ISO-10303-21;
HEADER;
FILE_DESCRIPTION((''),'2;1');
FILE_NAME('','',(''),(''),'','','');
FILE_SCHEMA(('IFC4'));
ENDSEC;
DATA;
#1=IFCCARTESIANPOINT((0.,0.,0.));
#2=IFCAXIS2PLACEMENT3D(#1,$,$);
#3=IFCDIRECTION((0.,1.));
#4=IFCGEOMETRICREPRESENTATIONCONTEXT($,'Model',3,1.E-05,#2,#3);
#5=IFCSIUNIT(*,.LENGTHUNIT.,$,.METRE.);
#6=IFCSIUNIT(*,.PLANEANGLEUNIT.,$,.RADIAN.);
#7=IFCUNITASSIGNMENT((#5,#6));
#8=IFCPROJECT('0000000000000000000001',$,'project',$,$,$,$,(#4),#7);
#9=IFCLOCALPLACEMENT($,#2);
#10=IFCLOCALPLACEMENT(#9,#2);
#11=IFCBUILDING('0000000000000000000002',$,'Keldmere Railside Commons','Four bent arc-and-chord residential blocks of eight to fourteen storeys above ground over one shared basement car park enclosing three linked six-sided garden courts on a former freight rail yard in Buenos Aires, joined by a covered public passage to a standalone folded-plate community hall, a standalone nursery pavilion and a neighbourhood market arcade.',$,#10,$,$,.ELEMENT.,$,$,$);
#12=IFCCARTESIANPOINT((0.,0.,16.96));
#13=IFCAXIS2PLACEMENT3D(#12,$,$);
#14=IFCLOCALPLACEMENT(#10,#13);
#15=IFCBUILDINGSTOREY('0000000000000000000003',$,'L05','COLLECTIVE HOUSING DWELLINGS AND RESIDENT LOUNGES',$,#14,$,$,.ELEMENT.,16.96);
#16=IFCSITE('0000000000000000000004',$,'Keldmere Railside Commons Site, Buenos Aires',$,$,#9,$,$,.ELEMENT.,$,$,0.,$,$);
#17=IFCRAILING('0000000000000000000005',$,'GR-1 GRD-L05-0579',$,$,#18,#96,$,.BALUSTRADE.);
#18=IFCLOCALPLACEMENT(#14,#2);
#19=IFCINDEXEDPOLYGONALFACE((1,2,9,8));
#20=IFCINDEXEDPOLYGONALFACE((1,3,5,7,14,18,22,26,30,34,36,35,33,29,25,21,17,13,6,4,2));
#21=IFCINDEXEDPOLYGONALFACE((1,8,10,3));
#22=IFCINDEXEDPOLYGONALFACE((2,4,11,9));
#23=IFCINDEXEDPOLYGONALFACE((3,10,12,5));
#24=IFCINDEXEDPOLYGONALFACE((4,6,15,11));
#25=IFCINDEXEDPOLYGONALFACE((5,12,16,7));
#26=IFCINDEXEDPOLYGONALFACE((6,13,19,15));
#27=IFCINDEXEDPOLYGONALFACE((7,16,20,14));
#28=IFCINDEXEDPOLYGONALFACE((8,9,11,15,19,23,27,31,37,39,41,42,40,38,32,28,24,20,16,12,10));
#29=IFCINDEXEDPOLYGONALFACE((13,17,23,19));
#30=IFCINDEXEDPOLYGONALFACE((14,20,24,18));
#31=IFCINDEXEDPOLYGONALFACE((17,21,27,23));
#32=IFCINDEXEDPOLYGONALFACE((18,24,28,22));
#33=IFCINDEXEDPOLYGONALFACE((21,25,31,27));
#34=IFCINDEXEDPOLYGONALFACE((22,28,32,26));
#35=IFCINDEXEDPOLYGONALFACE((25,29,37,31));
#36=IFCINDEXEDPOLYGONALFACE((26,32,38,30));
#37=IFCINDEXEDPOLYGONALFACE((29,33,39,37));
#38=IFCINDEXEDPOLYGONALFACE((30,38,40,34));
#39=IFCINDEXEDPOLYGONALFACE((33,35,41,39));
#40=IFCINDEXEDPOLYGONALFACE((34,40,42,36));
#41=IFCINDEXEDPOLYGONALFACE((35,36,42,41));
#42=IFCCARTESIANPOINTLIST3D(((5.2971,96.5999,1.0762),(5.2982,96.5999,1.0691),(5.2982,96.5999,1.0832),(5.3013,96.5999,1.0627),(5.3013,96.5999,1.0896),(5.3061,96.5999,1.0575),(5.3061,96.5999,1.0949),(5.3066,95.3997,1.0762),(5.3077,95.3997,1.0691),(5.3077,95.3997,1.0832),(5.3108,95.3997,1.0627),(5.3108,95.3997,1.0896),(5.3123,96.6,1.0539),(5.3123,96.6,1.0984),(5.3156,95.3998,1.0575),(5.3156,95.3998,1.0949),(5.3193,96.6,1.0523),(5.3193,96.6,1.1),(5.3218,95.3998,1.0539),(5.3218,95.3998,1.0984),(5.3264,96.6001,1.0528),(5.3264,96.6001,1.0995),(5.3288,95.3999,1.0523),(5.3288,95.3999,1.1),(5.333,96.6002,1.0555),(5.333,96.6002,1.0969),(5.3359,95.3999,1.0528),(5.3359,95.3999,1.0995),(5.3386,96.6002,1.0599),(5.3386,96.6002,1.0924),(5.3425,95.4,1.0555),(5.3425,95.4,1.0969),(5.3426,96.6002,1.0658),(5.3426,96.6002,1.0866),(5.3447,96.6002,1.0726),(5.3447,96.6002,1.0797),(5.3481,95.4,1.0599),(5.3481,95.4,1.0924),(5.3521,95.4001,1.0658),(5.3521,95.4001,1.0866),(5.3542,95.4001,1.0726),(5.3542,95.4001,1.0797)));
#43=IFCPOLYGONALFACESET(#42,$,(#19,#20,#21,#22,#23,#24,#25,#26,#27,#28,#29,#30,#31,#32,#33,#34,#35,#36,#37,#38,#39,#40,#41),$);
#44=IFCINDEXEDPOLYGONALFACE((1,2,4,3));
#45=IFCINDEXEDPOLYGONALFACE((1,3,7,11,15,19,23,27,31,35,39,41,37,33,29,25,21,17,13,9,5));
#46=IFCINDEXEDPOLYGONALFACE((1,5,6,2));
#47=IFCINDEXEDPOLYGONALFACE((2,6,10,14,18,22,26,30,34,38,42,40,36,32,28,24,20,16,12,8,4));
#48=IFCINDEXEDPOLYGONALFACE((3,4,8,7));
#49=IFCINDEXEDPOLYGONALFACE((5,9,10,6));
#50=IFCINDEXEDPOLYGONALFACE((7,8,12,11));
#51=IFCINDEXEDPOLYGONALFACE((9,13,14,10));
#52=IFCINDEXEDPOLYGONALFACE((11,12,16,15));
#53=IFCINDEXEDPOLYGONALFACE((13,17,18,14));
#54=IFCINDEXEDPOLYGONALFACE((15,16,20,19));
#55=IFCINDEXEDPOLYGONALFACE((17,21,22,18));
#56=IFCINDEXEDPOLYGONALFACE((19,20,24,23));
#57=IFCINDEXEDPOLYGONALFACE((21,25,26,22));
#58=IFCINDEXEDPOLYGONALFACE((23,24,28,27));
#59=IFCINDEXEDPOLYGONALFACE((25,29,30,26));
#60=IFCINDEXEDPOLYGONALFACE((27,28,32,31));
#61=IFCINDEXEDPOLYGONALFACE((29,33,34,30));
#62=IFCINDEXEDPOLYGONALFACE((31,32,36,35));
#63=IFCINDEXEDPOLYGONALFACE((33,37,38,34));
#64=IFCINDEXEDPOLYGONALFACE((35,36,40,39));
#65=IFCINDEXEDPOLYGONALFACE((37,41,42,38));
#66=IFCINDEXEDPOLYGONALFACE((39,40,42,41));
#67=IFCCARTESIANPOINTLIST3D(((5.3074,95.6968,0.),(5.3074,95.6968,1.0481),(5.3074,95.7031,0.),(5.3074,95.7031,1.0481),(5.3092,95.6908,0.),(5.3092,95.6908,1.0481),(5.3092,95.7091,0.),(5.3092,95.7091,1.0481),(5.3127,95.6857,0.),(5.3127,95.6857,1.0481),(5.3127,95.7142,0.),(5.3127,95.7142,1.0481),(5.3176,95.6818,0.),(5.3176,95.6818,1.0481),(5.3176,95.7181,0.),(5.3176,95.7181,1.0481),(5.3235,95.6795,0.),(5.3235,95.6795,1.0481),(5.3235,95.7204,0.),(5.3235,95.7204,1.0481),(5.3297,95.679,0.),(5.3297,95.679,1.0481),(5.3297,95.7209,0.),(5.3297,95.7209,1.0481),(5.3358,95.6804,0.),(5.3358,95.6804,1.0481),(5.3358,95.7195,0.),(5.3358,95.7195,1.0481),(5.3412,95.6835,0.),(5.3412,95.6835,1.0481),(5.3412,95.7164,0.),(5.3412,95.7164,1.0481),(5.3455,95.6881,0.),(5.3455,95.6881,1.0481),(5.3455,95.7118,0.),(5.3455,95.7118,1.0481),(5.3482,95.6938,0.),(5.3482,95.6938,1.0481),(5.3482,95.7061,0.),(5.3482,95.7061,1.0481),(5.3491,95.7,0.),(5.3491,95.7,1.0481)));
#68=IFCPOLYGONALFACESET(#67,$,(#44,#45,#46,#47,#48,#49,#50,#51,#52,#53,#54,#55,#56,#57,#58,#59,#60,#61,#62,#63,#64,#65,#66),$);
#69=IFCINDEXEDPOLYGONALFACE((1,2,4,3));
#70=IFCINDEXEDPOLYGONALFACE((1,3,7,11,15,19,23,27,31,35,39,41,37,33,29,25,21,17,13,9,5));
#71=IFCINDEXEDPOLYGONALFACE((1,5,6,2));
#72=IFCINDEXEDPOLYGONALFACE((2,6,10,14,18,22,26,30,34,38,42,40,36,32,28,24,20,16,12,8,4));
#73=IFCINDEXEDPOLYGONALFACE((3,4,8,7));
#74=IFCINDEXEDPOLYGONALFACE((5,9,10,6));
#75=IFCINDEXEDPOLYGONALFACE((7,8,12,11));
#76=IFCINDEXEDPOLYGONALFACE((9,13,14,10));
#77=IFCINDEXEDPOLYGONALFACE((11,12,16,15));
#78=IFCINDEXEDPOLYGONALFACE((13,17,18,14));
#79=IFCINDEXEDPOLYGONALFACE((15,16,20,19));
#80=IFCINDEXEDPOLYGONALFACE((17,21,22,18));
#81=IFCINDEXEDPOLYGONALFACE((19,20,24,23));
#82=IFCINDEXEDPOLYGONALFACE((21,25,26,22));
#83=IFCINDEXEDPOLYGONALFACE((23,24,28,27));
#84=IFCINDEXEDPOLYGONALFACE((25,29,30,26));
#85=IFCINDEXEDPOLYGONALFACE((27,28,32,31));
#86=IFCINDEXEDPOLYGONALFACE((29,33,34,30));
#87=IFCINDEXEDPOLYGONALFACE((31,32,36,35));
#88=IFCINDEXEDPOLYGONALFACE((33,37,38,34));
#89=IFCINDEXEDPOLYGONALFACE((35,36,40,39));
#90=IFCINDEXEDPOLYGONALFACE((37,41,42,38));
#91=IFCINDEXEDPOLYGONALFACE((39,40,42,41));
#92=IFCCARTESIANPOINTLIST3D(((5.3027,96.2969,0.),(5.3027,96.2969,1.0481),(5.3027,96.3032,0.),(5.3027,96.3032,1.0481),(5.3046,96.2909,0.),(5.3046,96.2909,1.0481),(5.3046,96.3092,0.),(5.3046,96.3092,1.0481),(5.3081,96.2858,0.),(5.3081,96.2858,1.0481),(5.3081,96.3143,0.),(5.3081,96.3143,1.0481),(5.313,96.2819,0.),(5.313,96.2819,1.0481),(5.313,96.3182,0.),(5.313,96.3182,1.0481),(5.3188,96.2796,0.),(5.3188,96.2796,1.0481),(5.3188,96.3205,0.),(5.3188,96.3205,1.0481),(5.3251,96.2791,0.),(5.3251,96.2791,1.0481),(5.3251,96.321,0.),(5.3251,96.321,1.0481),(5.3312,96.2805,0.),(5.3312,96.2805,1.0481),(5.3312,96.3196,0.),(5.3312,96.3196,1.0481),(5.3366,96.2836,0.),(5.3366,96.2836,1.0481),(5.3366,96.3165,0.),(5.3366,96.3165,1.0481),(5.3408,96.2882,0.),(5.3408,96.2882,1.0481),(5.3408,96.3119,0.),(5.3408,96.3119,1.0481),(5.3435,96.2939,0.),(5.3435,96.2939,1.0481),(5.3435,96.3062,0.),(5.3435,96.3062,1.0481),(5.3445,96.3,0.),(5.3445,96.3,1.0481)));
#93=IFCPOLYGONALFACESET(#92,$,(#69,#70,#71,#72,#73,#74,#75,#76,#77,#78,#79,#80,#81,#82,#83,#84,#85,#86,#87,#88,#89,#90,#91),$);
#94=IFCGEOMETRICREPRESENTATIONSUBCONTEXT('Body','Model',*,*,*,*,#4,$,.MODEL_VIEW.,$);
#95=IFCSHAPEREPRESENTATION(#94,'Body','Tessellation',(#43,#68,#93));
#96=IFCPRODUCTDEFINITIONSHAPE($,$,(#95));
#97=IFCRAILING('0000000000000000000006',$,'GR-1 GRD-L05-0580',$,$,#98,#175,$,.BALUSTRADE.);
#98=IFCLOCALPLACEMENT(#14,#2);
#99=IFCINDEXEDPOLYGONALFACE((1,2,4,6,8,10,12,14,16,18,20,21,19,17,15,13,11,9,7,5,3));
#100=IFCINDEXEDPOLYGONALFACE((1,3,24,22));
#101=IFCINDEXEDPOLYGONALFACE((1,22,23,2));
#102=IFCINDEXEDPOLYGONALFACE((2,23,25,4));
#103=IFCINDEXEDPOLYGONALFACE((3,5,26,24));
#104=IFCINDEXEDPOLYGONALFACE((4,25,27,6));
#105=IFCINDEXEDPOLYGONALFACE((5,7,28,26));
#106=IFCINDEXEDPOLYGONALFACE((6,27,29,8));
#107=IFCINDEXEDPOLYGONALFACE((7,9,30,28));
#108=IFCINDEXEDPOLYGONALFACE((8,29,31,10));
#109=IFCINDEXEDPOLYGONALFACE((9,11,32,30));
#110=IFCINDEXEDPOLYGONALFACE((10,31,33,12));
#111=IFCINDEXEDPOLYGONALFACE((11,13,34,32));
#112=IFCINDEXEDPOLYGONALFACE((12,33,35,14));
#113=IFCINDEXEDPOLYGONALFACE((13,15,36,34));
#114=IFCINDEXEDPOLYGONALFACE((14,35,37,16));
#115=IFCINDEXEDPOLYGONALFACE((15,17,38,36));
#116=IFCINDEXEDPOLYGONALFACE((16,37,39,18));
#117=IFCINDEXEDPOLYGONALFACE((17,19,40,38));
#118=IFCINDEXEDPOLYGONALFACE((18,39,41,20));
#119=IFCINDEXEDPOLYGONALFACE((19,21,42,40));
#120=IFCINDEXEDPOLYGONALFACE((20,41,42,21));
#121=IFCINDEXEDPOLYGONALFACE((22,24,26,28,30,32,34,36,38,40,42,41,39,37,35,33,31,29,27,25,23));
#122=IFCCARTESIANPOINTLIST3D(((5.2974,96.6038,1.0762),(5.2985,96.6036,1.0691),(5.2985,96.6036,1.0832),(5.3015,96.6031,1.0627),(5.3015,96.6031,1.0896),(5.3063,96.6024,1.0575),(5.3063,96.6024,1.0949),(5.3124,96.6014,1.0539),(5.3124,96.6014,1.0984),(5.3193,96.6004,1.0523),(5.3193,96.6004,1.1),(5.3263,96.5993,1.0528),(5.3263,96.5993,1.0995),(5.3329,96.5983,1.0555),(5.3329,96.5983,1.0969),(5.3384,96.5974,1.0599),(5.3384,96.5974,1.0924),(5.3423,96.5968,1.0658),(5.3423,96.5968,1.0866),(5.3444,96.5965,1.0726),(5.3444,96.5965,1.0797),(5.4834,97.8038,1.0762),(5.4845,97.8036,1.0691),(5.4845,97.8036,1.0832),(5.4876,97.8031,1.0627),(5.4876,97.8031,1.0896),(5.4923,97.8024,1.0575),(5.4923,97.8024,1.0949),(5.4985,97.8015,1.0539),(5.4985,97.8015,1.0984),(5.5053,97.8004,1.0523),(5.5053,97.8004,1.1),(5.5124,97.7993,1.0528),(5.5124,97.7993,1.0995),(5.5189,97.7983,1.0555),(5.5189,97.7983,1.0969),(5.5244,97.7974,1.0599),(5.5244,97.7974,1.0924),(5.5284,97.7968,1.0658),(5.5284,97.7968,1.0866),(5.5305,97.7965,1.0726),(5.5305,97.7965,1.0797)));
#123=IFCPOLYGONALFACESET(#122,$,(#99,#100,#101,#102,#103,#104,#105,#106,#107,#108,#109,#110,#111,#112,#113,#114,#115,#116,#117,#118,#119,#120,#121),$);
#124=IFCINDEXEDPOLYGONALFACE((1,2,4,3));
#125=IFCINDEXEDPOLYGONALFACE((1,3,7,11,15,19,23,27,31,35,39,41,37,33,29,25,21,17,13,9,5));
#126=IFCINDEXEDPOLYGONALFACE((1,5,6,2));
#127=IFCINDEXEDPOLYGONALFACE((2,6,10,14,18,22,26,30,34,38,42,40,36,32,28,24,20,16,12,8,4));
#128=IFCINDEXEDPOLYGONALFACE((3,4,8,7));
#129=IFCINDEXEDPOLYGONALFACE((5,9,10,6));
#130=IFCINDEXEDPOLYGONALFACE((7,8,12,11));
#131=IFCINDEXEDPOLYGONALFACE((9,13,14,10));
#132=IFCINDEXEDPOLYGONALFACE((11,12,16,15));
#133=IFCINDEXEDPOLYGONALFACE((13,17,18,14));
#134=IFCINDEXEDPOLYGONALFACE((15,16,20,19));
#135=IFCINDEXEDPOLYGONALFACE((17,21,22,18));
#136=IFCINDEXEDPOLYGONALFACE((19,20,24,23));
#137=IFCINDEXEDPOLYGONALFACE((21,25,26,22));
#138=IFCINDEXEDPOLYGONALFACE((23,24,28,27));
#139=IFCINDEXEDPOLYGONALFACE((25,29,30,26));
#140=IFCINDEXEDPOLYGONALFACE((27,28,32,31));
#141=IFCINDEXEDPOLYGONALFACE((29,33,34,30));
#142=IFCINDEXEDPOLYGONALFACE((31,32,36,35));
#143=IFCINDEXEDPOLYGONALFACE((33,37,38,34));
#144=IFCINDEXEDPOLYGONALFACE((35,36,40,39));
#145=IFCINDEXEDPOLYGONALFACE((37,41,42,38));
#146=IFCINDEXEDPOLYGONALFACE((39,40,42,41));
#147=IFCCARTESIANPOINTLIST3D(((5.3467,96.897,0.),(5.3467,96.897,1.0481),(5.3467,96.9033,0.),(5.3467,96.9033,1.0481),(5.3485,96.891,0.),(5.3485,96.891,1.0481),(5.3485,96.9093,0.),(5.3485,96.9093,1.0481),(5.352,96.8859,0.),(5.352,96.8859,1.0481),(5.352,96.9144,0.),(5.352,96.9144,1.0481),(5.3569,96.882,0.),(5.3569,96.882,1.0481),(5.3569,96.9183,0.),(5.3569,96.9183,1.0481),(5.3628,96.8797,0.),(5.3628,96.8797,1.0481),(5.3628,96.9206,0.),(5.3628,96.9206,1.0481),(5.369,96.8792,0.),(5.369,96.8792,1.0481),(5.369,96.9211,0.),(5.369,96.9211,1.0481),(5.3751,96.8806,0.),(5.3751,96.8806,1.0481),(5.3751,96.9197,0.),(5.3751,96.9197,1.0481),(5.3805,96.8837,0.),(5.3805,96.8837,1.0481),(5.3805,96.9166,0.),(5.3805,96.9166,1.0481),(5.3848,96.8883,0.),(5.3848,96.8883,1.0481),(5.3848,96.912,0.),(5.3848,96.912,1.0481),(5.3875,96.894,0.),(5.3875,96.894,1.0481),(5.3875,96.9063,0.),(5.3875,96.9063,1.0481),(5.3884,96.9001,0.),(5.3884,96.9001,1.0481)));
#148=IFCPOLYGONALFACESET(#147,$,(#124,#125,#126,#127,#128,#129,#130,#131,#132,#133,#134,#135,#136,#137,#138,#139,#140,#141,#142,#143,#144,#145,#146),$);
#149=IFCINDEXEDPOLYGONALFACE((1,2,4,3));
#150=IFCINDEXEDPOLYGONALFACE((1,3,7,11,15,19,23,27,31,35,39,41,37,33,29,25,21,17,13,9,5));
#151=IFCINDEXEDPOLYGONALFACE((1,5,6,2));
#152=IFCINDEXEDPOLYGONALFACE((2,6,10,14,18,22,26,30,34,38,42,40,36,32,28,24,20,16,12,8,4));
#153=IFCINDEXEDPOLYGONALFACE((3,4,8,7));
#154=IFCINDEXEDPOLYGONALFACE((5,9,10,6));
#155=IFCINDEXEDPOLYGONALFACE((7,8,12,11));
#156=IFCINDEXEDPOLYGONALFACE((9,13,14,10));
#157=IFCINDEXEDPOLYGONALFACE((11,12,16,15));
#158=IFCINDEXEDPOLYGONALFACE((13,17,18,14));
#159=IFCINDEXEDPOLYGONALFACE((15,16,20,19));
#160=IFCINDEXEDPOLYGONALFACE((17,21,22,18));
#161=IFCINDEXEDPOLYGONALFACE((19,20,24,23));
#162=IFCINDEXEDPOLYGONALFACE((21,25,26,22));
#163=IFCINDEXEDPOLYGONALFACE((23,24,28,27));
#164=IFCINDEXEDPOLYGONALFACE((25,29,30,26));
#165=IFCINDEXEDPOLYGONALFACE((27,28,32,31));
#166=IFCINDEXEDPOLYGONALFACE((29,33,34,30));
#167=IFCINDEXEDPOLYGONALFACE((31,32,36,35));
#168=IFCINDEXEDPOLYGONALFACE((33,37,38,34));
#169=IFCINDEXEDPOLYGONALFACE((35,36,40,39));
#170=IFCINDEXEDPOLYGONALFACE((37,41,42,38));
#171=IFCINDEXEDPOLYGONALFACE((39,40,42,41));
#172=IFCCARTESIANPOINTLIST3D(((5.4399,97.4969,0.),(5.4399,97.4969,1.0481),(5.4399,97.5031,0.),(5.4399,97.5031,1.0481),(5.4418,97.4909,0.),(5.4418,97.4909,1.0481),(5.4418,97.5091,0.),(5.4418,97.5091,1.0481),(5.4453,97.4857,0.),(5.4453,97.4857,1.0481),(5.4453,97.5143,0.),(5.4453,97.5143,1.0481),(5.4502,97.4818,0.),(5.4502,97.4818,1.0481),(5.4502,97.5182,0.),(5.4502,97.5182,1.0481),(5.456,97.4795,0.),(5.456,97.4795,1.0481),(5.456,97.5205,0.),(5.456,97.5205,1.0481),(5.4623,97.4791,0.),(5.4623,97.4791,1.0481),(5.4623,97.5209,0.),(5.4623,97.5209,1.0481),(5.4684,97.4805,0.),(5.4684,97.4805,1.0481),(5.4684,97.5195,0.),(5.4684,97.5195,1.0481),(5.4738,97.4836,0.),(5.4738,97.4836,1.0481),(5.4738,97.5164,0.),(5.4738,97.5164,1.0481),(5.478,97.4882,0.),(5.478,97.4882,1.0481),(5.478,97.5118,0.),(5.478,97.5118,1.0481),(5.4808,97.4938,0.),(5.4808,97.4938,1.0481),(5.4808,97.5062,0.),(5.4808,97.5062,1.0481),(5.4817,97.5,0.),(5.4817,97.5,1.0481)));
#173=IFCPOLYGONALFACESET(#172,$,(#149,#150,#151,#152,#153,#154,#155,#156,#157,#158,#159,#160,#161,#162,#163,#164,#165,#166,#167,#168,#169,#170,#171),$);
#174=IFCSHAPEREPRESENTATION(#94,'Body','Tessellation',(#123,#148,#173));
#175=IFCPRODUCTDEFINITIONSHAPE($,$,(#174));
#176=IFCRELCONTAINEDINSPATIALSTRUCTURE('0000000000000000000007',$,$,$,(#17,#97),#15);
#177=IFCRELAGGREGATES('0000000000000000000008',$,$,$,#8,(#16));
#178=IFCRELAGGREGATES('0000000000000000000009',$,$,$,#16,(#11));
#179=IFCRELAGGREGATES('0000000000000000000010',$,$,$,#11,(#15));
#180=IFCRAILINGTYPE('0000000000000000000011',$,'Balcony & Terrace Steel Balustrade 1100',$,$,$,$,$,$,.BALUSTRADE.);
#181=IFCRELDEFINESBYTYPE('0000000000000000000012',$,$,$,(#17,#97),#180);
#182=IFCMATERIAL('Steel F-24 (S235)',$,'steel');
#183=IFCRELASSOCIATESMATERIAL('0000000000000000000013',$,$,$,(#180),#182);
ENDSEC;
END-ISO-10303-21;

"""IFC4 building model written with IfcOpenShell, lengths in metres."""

from ifc_helpers import new_model, si_unit, direction, frame, origin, origin_2d, place, context, subcontext, project, spatial, circle, extrude, material, type_object, element, save


model = new_model("IFC4")

# Units and contexts
model_context = context("Model", 3, precision=1e-05, world=origin(), true_north=direction((0.0, 1.0)))
body_context = subcontext(model_context, "Body", "Model", "MODEL_VIEW")
ifc_project = project(units=[si_unit("LENGTHUNIT", "METRE"), si_unit("PLANEANGLEUNIT", "RADIAN")], contexts=[model_context])

# Site, building, storey
site_placement = place(None, origin())
site = spatial("IfcSite", under=ifc_project, at=site_placement, Name="Keldmere Railside Commons Site, Buenos Aires", CompositionType="ELEMENT", RefElevation=0.0)
building_placement = place(site_placement, origin())
building = spatial("IfcBuilding", under=site, at=building_placement, Name="Keldmere Railside Commons", Description="Four bent arc-and-chord residential blocks of eight to fourteen storeys above ground over one shared basement car park enclosing three linked six-sided garden courts on a former freight rail yard in Buenos Aires, joined by a covered public passage to a standalone folded-plate community hall, a standalone nursery pavilion and a neighbourhood market arcade.", CompositionType="ELEMENT")
storey_placement = place(building_placement, frame((0.0, 0.0, 16.96)))
storey = spatial("IfcBuildingStorey", under=building, at=storey_placement, Name="L05", Description="COLLECTIVE HOUSING DWELLINGS AND RESIDENT LOUNGES", CompositionType="ELEMENT", Elevation=16.96)

# Railings
ifc_material_1 = material(Name="Steel F-24 (S235)", Category="steel")
railing_type = type_object("IfcRailingType", Name="Balcony & Terrace Steel Balustrade 1100", PredefinedType="BALUSTRADE", material=ifc_material_1)
railing_1_placement = place(storey_placement, frame((5.3306, 95.3999, 0.0)))
element("IfcRailing", 1, at=railing_1_placement, inside=storey, type_object=railing_type, Name="GR-1 GRD-L05-0579", PredefinedType="BALUSTRADE", context=body_context, shape_type="SweptSolid", body=[
    extrude(circle(Radius=0.0239, at=origin_2d()), frame((0.0, 0.0, 1.0762), z_axis=(-0.007933, 0.999969, 0.0), x_axis=(-0.999969, -0.007933, 0.0)), (0.0, 0.0, 1.0), 1.2002),
    extrude(circle(Radius=0.021, at=origin_2d()), frame((-0.0024, 0.3, 0.0)), (0.0, 0.0, 1.0), 1.0481),
    extrude(circle(Radius=0.021, at=origin_2d()), frame((-0.0071, 0.9001, 0.0)), (0.0, 0.0, 1.0), 1.0481),
])
railing_2_placement = place(storey_placement, frame((5.321, 96.6001, 0.0)))
element("IfcRailing", 2, at=railing_2_placement, inside=storey, type_object=railing_type, Name="GR-1 GRD-L05-0580", PredefinedType="BALUSTRADE", context=body_context, shape_type="SweptSolid", body=[
    extrude(circle(Radius=0.0239, at=origin_2d()), frame((0.0, 0.0, 1.0762), z_axis=(0.153205, 0.988194, 0.0), x_axis=(-0.988194, 0.153205, 0.0)), (0.0, 0.0, 1.0), 1.2144),
    extrude(circle(Radius=0.021, at=origin_2d()), frame((0.0464, 0.3, 0.0)), (0.0, 0.0, 1.0), 1.0481),
    extrude(circle(Radius=0.021, at=origin_2d()), frame((0.1396, 0.8999, 0.0)), (0.0, 0.0, 1.0), 1.0481),
])

save(model, "model.ifc")
